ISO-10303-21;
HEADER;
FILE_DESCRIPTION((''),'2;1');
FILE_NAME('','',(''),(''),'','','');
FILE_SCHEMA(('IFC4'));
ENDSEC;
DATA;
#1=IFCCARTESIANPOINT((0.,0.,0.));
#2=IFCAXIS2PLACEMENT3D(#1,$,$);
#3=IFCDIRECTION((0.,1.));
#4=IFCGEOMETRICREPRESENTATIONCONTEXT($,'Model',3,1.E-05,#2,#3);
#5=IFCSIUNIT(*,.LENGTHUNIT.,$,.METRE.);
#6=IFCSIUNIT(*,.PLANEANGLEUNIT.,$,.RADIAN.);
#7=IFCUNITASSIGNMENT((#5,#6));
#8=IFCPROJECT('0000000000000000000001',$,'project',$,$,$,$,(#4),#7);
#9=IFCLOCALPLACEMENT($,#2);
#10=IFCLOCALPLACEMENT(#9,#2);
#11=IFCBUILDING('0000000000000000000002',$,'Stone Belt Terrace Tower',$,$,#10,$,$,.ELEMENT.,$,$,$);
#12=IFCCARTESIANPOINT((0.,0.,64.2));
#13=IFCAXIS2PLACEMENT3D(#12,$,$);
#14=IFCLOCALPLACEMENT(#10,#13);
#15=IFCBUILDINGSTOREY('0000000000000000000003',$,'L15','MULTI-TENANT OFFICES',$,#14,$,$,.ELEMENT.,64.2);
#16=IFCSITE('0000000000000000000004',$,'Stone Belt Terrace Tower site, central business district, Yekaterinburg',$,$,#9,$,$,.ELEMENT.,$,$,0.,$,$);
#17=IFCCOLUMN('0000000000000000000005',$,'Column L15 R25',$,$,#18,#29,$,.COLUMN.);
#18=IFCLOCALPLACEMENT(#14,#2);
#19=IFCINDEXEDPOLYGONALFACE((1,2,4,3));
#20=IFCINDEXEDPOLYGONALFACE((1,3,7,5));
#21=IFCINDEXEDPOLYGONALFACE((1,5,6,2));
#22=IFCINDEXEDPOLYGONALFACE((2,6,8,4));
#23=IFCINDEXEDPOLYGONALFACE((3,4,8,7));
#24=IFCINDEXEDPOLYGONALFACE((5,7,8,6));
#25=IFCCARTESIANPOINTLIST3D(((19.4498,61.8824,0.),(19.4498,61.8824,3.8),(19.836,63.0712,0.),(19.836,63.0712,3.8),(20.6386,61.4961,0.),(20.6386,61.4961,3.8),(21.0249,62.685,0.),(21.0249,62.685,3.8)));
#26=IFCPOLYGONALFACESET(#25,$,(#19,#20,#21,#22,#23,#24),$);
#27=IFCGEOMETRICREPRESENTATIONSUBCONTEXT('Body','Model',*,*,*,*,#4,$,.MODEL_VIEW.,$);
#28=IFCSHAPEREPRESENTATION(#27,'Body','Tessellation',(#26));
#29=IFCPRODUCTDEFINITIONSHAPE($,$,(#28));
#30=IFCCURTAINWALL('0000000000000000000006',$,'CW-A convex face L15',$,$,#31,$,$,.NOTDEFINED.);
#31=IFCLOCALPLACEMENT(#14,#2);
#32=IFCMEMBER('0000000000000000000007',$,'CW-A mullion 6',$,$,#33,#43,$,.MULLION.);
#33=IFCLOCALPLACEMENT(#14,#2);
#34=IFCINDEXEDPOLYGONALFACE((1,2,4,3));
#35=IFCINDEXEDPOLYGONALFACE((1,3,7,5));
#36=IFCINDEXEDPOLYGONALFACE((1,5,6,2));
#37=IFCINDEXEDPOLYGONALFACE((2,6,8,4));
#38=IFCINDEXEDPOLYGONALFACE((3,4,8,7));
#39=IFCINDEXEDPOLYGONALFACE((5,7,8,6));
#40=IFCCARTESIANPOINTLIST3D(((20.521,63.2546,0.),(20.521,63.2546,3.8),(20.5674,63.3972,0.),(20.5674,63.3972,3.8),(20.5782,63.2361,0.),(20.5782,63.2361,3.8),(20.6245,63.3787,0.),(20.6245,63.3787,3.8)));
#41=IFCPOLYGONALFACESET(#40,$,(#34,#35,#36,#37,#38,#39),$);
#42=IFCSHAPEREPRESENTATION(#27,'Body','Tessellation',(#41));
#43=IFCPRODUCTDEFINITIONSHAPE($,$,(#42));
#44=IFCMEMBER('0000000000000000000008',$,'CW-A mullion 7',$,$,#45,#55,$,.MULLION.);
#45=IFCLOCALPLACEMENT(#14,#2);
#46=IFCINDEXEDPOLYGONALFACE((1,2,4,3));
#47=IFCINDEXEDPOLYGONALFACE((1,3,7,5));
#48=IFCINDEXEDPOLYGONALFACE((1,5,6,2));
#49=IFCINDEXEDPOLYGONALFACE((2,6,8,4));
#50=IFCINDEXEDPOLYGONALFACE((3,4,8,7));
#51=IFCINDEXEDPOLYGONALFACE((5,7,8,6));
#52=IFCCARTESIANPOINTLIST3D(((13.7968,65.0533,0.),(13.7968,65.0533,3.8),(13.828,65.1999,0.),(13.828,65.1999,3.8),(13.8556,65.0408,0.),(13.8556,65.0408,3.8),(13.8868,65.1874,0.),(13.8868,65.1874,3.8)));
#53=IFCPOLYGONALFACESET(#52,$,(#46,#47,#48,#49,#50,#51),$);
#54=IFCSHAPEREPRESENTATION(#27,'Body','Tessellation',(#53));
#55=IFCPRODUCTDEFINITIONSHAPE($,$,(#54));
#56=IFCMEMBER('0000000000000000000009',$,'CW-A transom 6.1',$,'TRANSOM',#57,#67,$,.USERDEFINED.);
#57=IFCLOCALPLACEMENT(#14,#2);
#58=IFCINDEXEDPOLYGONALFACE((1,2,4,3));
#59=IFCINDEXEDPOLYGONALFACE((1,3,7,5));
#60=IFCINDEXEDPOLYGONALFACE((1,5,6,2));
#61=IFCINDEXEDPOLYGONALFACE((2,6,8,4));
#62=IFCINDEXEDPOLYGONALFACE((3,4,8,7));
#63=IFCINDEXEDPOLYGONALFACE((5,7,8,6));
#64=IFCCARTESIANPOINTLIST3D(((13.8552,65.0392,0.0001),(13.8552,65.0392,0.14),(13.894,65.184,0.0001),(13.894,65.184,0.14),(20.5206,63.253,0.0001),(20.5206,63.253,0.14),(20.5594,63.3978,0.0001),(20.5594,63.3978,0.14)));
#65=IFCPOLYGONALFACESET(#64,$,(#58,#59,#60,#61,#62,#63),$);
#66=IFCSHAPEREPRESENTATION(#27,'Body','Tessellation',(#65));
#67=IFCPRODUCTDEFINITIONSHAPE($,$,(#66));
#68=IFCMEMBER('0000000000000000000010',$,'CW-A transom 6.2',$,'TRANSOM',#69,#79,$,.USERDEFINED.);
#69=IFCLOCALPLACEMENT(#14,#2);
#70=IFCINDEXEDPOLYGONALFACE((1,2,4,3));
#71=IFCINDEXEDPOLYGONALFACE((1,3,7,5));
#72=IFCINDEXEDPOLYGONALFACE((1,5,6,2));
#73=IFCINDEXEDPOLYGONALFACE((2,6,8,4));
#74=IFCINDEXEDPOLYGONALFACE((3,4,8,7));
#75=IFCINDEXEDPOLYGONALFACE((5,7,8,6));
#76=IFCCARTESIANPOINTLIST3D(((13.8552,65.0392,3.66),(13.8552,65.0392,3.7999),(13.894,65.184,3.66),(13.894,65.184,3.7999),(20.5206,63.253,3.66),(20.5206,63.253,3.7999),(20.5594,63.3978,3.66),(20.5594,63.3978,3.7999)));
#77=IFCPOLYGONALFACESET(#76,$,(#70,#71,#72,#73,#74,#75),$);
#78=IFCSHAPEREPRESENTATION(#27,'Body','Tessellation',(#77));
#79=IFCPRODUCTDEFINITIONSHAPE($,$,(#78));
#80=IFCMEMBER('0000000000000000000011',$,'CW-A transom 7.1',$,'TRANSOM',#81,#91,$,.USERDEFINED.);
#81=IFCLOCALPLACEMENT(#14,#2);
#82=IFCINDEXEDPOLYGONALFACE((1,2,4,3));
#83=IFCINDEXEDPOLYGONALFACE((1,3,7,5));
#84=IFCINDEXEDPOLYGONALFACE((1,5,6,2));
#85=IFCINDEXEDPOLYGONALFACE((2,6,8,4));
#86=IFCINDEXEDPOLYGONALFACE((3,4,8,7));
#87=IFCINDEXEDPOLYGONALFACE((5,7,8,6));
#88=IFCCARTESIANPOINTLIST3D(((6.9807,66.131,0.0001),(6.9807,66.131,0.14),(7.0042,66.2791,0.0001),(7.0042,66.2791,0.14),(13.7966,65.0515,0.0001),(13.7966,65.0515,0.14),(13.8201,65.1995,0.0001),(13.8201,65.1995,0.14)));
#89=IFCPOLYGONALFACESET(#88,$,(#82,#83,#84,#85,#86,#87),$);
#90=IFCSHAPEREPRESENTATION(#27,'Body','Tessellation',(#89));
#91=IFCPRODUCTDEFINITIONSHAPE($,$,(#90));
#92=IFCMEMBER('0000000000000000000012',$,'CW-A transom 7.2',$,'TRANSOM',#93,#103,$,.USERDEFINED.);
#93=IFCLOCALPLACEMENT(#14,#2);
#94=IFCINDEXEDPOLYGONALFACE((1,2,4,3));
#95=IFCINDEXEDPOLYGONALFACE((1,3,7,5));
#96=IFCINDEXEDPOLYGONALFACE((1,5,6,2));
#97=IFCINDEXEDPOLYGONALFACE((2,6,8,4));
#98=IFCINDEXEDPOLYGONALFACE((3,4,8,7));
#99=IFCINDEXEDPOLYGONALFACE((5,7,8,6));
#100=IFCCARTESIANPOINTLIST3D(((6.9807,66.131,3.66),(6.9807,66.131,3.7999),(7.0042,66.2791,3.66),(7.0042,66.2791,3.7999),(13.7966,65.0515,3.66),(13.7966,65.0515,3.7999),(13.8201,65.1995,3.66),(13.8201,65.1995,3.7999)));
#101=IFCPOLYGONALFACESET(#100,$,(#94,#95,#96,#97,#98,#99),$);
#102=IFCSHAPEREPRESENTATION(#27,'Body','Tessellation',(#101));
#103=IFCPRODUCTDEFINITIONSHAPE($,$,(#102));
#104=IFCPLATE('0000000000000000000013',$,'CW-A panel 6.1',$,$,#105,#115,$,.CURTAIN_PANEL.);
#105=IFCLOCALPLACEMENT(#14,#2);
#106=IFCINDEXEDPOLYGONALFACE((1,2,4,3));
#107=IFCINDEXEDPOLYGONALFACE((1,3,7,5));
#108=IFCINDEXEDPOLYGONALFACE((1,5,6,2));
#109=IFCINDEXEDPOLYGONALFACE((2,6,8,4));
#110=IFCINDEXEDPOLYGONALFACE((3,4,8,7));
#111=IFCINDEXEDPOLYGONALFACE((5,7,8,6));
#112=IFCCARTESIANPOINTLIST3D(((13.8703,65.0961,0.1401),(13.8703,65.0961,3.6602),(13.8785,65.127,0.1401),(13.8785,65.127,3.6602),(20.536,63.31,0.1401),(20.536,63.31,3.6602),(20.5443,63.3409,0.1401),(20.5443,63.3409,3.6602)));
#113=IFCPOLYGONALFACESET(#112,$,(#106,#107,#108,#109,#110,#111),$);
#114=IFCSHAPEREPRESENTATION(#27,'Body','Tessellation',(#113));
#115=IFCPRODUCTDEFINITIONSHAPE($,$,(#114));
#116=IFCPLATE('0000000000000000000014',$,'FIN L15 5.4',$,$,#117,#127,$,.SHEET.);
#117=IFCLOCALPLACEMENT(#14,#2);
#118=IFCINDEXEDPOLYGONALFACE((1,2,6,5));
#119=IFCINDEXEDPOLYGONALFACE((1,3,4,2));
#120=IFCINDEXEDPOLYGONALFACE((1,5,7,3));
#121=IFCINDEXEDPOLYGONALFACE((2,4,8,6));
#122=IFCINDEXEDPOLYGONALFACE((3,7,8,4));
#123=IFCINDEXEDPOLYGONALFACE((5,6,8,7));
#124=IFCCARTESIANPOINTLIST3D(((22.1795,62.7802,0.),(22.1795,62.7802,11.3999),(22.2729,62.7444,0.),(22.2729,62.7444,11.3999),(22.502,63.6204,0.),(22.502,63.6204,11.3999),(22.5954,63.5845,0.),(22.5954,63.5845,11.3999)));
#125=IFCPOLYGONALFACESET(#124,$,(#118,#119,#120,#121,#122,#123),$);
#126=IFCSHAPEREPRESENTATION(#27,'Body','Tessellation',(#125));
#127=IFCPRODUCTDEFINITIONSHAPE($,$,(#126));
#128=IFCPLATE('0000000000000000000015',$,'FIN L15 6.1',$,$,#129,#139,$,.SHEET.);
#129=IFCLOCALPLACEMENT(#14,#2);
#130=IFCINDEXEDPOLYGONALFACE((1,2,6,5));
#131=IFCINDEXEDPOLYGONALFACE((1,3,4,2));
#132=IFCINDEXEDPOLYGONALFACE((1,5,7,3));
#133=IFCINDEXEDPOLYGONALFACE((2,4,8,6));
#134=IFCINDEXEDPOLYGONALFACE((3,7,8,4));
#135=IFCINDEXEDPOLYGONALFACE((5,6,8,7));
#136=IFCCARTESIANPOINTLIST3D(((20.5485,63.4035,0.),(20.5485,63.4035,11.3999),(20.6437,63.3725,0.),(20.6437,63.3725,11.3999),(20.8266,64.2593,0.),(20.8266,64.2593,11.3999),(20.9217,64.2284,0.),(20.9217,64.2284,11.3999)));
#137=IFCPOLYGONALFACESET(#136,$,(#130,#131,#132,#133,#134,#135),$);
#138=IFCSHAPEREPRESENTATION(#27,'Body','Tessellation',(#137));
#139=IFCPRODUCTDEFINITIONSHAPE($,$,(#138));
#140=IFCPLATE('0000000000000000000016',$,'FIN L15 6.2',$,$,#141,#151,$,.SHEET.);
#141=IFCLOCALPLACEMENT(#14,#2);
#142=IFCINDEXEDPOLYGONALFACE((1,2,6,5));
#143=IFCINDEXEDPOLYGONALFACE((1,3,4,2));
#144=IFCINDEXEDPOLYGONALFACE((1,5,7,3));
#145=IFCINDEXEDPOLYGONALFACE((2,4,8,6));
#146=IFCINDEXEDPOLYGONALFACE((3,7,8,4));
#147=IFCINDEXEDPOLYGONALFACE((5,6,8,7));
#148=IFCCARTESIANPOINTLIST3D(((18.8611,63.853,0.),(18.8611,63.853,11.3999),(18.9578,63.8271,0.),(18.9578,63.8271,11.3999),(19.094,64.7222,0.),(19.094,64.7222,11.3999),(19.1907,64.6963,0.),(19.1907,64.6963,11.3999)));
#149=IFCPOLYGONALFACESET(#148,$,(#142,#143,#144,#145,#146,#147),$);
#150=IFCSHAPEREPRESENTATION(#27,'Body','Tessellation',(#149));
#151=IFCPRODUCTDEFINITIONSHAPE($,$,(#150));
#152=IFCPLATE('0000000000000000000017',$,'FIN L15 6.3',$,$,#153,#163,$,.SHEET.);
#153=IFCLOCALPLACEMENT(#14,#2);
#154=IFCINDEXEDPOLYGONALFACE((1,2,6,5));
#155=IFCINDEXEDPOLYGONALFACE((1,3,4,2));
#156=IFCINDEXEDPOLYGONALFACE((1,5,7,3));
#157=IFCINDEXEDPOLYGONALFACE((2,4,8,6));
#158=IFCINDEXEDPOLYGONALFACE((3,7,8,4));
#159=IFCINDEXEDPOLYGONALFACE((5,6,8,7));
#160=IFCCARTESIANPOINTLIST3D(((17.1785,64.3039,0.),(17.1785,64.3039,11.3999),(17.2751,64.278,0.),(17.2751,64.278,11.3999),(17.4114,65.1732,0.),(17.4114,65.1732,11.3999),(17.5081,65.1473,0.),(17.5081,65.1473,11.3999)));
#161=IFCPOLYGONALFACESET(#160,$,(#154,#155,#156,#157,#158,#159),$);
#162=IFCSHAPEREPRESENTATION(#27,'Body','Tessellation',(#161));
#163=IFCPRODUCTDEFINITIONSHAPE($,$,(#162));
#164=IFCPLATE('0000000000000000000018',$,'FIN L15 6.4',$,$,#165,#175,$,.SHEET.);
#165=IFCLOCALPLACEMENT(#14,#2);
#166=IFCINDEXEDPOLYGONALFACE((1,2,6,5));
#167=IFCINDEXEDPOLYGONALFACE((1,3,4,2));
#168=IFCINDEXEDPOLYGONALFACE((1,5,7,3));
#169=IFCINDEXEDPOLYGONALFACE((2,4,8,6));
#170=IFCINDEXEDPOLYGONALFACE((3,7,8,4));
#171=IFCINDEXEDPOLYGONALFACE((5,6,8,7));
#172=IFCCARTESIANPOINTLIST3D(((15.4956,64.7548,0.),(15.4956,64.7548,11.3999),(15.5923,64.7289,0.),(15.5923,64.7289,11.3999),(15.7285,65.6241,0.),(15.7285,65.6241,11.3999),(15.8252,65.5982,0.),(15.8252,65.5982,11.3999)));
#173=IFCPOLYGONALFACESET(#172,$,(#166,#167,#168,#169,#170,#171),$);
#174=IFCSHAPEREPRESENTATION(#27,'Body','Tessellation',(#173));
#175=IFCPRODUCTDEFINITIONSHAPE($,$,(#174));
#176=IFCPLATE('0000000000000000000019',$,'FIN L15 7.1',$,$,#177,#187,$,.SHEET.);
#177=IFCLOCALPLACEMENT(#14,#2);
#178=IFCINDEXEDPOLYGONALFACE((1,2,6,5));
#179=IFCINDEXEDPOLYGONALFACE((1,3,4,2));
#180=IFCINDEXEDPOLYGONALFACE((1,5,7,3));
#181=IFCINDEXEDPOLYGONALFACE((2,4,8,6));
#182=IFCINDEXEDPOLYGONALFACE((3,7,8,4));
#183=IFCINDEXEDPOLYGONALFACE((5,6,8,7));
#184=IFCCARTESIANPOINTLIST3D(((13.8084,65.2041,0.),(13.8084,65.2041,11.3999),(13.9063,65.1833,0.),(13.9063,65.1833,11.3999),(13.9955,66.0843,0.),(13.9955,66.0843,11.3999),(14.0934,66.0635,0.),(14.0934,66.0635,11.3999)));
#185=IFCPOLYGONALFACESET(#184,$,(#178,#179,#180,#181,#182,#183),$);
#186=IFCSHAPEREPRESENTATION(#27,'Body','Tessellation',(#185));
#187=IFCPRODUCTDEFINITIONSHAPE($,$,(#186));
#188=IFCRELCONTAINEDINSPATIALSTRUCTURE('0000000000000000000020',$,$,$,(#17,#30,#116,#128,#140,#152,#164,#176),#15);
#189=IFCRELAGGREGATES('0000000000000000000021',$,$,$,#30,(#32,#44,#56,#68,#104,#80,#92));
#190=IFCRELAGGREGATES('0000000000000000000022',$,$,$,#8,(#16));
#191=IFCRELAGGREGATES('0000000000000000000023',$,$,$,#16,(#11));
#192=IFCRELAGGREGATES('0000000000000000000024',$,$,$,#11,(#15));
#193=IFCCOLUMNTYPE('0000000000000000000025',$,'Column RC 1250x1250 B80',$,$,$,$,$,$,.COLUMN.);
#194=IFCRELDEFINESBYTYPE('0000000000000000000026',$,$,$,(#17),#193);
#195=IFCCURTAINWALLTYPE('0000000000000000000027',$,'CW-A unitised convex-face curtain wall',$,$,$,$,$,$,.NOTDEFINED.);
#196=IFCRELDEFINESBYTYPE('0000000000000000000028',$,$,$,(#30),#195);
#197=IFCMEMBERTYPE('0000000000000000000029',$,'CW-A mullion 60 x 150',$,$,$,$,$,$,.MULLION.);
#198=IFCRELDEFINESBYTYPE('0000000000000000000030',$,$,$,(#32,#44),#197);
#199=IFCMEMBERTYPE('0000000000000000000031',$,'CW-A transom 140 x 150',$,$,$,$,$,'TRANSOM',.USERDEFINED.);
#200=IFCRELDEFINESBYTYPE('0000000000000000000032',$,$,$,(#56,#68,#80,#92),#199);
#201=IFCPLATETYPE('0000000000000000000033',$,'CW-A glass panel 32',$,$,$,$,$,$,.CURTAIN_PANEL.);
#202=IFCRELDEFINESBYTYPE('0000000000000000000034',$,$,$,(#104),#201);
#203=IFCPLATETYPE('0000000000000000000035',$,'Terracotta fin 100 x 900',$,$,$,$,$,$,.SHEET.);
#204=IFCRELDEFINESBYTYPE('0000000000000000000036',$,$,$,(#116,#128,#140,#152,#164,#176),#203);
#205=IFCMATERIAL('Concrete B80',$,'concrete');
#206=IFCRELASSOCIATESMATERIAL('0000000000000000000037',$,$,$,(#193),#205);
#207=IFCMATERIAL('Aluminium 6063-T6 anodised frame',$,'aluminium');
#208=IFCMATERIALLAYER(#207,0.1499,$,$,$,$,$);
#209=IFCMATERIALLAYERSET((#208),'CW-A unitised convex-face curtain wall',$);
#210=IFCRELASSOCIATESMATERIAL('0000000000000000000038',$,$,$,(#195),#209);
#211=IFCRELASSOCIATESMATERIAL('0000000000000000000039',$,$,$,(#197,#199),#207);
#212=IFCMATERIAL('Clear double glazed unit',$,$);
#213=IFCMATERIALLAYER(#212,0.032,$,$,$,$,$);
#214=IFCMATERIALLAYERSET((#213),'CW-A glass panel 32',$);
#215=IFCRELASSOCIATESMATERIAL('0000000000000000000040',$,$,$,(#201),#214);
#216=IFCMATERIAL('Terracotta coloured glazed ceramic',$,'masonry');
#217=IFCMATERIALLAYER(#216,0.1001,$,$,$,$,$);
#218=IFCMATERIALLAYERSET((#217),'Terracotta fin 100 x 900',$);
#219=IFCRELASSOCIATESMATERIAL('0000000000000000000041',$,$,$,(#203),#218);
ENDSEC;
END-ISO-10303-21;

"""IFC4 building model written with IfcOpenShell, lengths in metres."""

from ifc_helpers import new_model, si_unit, direction, frame, origin, origin_2d, place, context, subcontext, project, spatial, rectangle, extrude, material, layer, layer_set, material_profile, profile_set, type_object, element, aggregate, save


model = new_model("IFC4")

# Units and contexts
model_context = context("Model", 3, precision=1e-05, world=origin(), true_north=direction((0.0, 1.0)))
body_context = subcontext(model_context, "Body", "Model", "MODEL_VIEW")
ifc_project = project(units=[si_unit("LENGTHUNIT", "METRE"), si_unit("PLANEANGLEUNIT", "RADIAN")], contexts=[model_context])

# Site, building, storey
site_placement = place(None, origin())
site = spatial("IfcSite", under=ifc_project, at=site_placement, Name="Stone Belt Terrace Tower site, central business district, Yekaterinburg", CompositionType="ELEMENT", RefElevation=0.0)
building_placement = place(site_placement, origin())
building = spatial("IfcBuilding", under=site, at=building_placement, Name="Stone Belt Terrace Tower", CompositionType="ELEMENT")
storey_placement = place(building_placement, frame((0.0, 0.0, 64.2)))
storey = spatial("IfcBuildingStorey", under=building, at=storey_placement, Name="L15", Description="MULTI-TENANT OFFICES", CompositionType="ELEMENT", Elevation=64.2)

# Column
ifc_material_1 = material(Name="Concrete B80", Category="concrete")
ifc_material_profile_1 = material_profile(ifc_material_1, rectangle(XDim=1.25, YDim=1.25, at=origin_2d()), Name="RC 1250x1250")
ifc_profile_set_1 = profile_set([ifc_material_profile_1], Name="Concrete B80")
column_type = type_object("IfcColumnType", Name="Column RC 1250x1250 B80", PredefinedType="COLUMN", material=ifc_profile_set_1)
column_placement = place(storey_placement, frame((20.2373, 62.2837, 0.0), z_axis=(0.0, 0.0, 1.0), x_axis=(0.951057, -0.309017, 0.0)))
element("IfcColumn", 1, at=column_placement, inside=storey, type_object=column_type, Name="Column L15 R25", PredefinedType="COLUMN", context=body_context, shape_type="SweptSolid", body=[
    extrude(rectangle(XDim=1.25, YDim=1.25, at=origin_2d()), origin(), (0.0, 0.0, 1.0), 3.8),
])

# Curtain wall, members, plate
ifc_material_2 = material(Name="Aluminium 6063-T6 anodised frame", Category="aluminium")
ifc_layer_1 = layer(ifc_material_2, 0.1499)
ifc_layer_set_1 = layer_set([ifc_layer_1], Name="CW-A unitised convex-face curtain wall")
curtain_wall_type = type_object("IfcCurtainWallType", Name="CW-A unitised convex-face curtain wall", PredefinedType="NOTDEFINED", material=ifc_layer_set_1)
curtain_wall_placement = place(storey_placement, origin())
curtain_wall = element("IfcCurtainWall", 2, at=curtain_wall_placement, inside=storey, type_object=curtain_wall_type, Name="CW-A convex face L15", PredefinedType="NOTDEFINED")
ifc_material_profile_2 = material_profile(ifc_material_2, rectangle(XDim=0.1499, YDim=0.0601, at=origin_2d()), Name="Aluminium 6063-T6 60x150")
ifc_profile_set_2 = profile_set([ifc_material_profile_2], Name="Aluminium 6063-T6 anodised frame")
member_type_1 = type_object("IfcMemberType", Name="CW-A mullion 60 x 150", PredefinedType="MULLION", material=ifc_profile_set_2)
member_1_placement = place(storey_placement, frame((20.5728, 63.3167, 0.0), z_axis=(0.0, 0.0, 1.0), x_axis=(-0.309017, -0.951057, 0.0)))
member_1 = element("IfcMember", 3, at=member_1_placement, type_object=member_type_1, Name="CW-A mullion 6", PredefinedType="MULLION", context=body_context, shape_type="SweptSolid", body=[
    extrude(rectangle(XDim=0.1499, YDim=0.0601, at=origin_2d()), origin(), (0.0, 0.0, 1.0), 3.8),
])
member_2_placement = place(storey_placement, frame((13.8418, 65.1204, 0.0), z_axis=(0.0, 0.0, 1.0), x_axis=(-0.207912, -0.978148, 0.0)))
member_2 = element("IfcMember", 4, at=member_2_placement, type_object=member_type_1, Name="CW-A mullion 7", PredefinedType="MULLION", context=body_context, shape_type="SweptSolid", body=[
    extrude(rectangle(XDim=0.1499, YDim=0.0601, at=origin_2d()), origin(), (0.0, 0.0, 1.0), 3.8),
])
ifc_material_profile_3 = material_profile(ifc_material_2, rectangle(XDim=0.1499, YDim=0.1399, at=origin_2d()), Name="Aluminium 6063-T6 150x140")
ifc_profile_set_3 = profile_set([ifc_material_profile_3], Name="Aluminium 6063-T6 anodised frame")
member_type_2 = type_object("IfcMemberType", Name="CW-A transom 140 x 150", ElementType="TRANSOM", PredefinedType="USERDEFINED", material=ifc_profile_set_3)
member_3_placement = place(storey_placement, frame((20.54, 63.3254, 0.0701), z_axis=(-0.965922, 0.258834, 0.0), x_axis=(-0.258834, -0.965922, 0.0)))
member_3 = element("IfcMember", 5, at=member_3_placement, type_object=member_type_2, Name="CW-A transom 6.1", ObjectType="TRANSOM", PredefinedType="USERDEFINED", context=body_context, shape_type="SweptSolid", body=[
    extrude(rectangle(XDim=0.1499, YDim=0.1399, at=origin_2d()), origin(), (0.0, 0.0, 1.0), 6.9006),
])
member_4_placement = place(storey_placement, frame((20.54, 63.3254, 3.73), z_axis=(-0.965922, 0.258834, 0.0), x_axis=(-0.258834, -0.965922, 0.0)))
member_4 = element("IfcMember", 6, at=member_4_placement, type_object=member_type_2, Name="CW-A transom 6.2", ObjectType="TRANSOM", PredefinedType="USERDEFINED", context=body_context, shape_type="SweptSolid", body=[
    extrude(rectangle(XDim=0.1499, YDim=0.1399, at=origin_2d()), origin(), (0.0, 0.0, 1.0), 6.9006),
])
member_5_placement = place(storey_placement, frame((13.8083, 65.1255, 0.0701), z_axis=(-0.987687, 0.156442, 0.0), x_axis=(-0.156442, -0.987687, 0.0)))
member_5 = element("IfcMember", 7, at=member_5_placement, type_object=member_type_2, Name="CW-A transom 7.1", ObjectType="TRANSOM", PredefinedType="USERDEFINED", context=body_context, shape_type="SweptSolid", body=[
    extrude(rectangle(XDim=0.1499, YDim=0.1399, at=origin_2d()), origin(), (0.0, 0.0, 1.0), 6.9009),
])
member_6_placement = place(storey_placement, frame((13.8083, 65.1255, 3.73), z_axis=(-0.987687, 0.156442, 0.0), x_axis=(-0.156442, -0.987687, 0.0)))
member_6 = element("IfcMember", 8, at=member_6_placement, type_object=member_type_2, Name="CW-A transom 7.2", ObjectType="TRANSOM", PredefinedType="USERDEFINED", context=body_context, shape_type="SweptSolid", body=[
    extrude(rectangle(XDim=0.1499, YDim=0.1399, at=origin_2d()), origin(), (0.0, 0.0, 1.0), 6.9009),
])
ifc_material_3 = material(Name="Clear double glazed unit")
ifc_layer_2 = layer(ifc_material_3, 0.032)
ifc_layer_set_2 = layer_set([ifc_layer_2], Name="CW-A glass panel 32")
plate_type_1 = type_object("IfcPlateType", Name="CW-A glass panel 32", PredefinedType="CURTAIN_PANEL", material=ifc_layer_set_2)
plate_placement = place(storey_placement, frame((17.2073, 64.2185, 0.1401), z_axis=(0.0, 0.0, 1.0), x_axis=(-0.965926, 0.258819, 0.0)))
plate = element("IfcPlate", 9, at=plate_placement, type_object=plate_type_1, Name="CW-A panel 6.1", PredefinedType="CURTAIN_PANEL", context=body_context, shape_type="SweptSolid", body=[
    extrude(rectangle(XDim=6.9009, YDim=0.032, at=origin_2d()), origin(), (0.0, 0.0, 1.0), 3.52),
])
aggregate(curtain_wall, [member_1, member_2, member_3, member_4, plate, member_5, member_6])

# Plates
ifc_material_4 = material(Name="Terracotta coloured glazed ceramic", Category="masonry")
ifc_layer_3 = layer(ifc_material_4, 0.1001)
ifc_layer_set_3 = layer_set([ifc_layer_3], Name="Terracotta fin 100 x 900")
plate_type_2 = type_object("IfcPlateType", Name="Terracotta fin 100 x 900", PredefinedType="SHEET", material=ifc_layer_set_3)
for number, where, z_axis, x_axis, name in (
    (10, (22.3875, 63.1824, 0.0), (0.0, 0.0, 1.0), (0.358368, 0.93358, 0.0), "FIN L15 5.4"),
    (11, (20.7351, 63.8159, 0.0), (0.0, 0.0, 1.0), (0.309017, 0.951057, 0.0), "FIN L15 6.1"),
    (12, (19.0259, 64.2747, 0.0), (0.0, 0.0, 1.0), (0.258819, 0.965926, 0.0), "FIN L15 6.2"),
    (13, (17.3433, 64.7256, 0.0), (0.0, 0.0, 1.0), (0.258819, 0.965926, 0.0), "FIN L15 6.3"),
    (14, (15.6604, 65.1765, 0.0), (0.0, 0.0, 1.0), (0.258819, 0.965926, 0.0), "FIN L15 6.4"),
    (15, (13.9509, 65.6338, 0.0), (0.0, 0.0, 1.0), (0.207912, 0.978148, 0.0), "FIN L15 7.1"),
):
    element("IfcPlate", number, at=place(storey_placement, frame(where, z_axis=z_axis, x_axis=x_axis)), inside=storey, type_object=plate_type_2, Name=name, PredefinedType="SHEET", context=body_context, shape_type="SweptSolid", body=[
        extrude(rectangle(XDim=0.8999, YDim=0.1001, at=origin_2d()), origin(), (0.0, 0.0, 1.0), 11.3999),
    ])

save(model, "model.ifc")
